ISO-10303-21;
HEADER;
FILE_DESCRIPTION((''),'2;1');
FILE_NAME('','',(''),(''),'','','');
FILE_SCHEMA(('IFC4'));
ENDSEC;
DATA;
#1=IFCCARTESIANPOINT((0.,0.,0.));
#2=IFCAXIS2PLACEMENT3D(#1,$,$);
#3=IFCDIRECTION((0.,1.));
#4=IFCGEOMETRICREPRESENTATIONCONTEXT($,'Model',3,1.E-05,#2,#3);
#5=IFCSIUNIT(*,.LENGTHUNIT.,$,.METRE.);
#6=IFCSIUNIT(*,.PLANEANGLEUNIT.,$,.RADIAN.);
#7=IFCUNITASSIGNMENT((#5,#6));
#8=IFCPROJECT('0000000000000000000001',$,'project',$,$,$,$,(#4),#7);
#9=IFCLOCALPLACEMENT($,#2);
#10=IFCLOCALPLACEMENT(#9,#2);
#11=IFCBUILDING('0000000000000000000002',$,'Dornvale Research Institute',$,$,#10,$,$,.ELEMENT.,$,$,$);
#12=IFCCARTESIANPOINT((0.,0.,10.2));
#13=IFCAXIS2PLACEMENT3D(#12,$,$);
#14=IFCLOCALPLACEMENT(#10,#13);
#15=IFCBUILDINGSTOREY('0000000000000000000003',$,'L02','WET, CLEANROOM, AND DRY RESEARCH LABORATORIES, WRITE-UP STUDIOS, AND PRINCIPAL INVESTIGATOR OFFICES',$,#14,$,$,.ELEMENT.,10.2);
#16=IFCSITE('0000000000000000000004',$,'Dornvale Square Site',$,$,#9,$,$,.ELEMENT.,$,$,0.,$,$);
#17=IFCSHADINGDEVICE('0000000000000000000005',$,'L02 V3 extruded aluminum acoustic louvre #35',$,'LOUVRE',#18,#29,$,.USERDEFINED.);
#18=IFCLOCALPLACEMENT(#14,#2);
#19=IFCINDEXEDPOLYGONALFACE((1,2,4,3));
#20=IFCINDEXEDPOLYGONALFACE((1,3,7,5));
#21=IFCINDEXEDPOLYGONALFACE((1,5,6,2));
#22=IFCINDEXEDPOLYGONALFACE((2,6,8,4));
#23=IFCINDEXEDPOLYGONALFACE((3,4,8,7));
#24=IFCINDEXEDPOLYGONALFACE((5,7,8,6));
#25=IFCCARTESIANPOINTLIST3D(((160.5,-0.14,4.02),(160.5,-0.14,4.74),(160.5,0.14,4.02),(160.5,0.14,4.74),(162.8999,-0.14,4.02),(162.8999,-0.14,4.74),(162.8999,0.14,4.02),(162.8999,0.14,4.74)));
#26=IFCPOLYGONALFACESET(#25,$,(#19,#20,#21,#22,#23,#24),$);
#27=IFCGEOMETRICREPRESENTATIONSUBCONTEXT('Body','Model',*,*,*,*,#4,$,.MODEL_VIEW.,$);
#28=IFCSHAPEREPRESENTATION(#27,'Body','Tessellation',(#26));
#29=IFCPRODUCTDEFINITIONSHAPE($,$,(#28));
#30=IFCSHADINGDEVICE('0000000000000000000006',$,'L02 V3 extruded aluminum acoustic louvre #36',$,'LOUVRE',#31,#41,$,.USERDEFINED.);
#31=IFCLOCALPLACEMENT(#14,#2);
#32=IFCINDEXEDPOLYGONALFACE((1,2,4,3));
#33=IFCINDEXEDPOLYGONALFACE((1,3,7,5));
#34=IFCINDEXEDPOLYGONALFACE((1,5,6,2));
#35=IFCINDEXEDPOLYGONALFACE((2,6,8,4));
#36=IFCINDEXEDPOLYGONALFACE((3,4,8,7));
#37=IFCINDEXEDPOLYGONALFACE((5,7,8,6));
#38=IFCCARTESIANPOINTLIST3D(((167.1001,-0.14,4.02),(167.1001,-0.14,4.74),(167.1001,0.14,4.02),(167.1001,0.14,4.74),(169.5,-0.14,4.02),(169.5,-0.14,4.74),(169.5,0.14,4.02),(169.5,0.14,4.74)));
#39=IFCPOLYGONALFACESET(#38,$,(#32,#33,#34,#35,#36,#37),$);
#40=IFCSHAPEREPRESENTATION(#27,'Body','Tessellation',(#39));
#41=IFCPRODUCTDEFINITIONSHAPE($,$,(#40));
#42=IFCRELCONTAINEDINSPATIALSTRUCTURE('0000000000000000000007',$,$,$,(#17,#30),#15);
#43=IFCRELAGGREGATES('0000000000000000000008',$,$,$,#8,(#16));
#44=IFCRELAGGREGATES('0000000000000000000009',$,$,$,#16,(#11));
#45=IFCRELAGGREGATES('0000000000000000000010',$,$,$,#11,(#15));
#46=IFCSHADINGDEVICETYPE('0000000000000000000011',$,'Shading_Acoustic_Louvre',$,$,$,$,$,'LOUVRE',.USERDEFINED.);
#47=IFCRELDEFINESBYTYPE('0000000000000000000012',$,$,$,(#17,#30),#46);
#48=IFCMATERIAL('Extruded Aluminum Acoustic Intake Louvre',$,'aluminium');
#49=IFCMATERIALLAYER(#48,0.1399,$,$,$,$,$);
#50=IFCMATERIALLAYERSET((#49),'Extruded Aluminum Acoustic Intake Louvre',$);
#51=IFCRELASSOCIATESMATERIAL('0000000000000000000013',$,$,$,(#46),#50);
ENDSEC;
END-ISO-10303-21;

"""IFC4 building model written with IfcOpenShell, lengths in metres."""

from ifc_helpers import new_model, si_unit, direction, frame, origin, origin_2d, place, context, subcontext, project, spatial, rectangle, extrude, material, layer, layer_set, type_object, element, save


model = new_model("IFC4")

# Units and contexts
model_context = context("Model", 3, precision=1e-05, world=origin(), true_north=direction((0.0, 1.0)))
body_context = subcontext(model_context, "Body", "Model", "MODEL_VIEW")
ifc_project = project(units=[si_unit("LENGTHUNIT", "METRE"), si_unit("PLANEANGLEUNIT", "RADIAN")], contexts=[model_context])

# Site, building, storey
site_placement = place(None, origin())
site = spatial("IfcSite", under=ifc_project, at=site_placement, Name="Dornvale Square Site", CompositionType="ELEMENT", RefElevation=0.0)
building_placement = place(site_placement, origin())
building = spatial("IfcBuilding", under=site, at=building_placement, Name="Dornvale Research Institute", CompositionType="ELEMENT")
storey_placement = place(building_placement, frame((0.0, 0.0, 10.2)))
storey = spatial("IfcBuildingStorey", under=building, at=storey_placement, Name="L02", Description="WET, CLEANROOM, AND DRY RESEARCH LABORATORIES, WRITE-UP STUDIOS, AND PRINCIPAL INVESTIGATOR OFFICES", CompositionType="ELEMENT", Elevation=10.2)

# Shading devices
ifc_material_1 = material(Name="Extruded Aluminum Acoustic Intake Louvre", Category="aluminium")
ifc_layer_1 = layer(ifc_material_1, 0.1399)
ifc_layer_set_1 = layer_set([ifc_layer_1], Name="Extruded Aluminum Acoustic Intake Louvre")
shading_device_type = type_object("IfcShadingDeviceType", Name="Shading_Acoustic_Louvre", ElementType="LOUVRE", PredefinedType="USERDEFINED", material=ifc_layer_set_1)
for number, where, z_axis, x_axis, name in (
    (1, (161.7, 0.0, 4.02), (0.0, 0.0, 1.0), (1.0, 0.0, 0.0), "L02 V3 extruded aluminum acoustic louvre #35"),
    (2, (168.3, 0.0, 4.02), (0.0, 0.0, 1.0), (1.0, 0.0, 0.0), "L02 V3 extruded aluminum acoustic louvre #36"),
):
    element("IfcShadingDevice", number, at=place(storey_placement, frame(where, z_axis=z_axis, x_axis=x_axis)), inside=storey, type_object=shading_device_type, Name=name, ObjectType="LOUVRE", PredefinedType="USERDEFINED", context=body_context, shape_type="SweptSolid", body=[
        extrude(rectangle(XDim=2.3999, YDim=0.28, at=origin_2d()), origin(), (0.0, 0.0, 1.0), 0.72),
    ])

save(model, "model.ifc")
